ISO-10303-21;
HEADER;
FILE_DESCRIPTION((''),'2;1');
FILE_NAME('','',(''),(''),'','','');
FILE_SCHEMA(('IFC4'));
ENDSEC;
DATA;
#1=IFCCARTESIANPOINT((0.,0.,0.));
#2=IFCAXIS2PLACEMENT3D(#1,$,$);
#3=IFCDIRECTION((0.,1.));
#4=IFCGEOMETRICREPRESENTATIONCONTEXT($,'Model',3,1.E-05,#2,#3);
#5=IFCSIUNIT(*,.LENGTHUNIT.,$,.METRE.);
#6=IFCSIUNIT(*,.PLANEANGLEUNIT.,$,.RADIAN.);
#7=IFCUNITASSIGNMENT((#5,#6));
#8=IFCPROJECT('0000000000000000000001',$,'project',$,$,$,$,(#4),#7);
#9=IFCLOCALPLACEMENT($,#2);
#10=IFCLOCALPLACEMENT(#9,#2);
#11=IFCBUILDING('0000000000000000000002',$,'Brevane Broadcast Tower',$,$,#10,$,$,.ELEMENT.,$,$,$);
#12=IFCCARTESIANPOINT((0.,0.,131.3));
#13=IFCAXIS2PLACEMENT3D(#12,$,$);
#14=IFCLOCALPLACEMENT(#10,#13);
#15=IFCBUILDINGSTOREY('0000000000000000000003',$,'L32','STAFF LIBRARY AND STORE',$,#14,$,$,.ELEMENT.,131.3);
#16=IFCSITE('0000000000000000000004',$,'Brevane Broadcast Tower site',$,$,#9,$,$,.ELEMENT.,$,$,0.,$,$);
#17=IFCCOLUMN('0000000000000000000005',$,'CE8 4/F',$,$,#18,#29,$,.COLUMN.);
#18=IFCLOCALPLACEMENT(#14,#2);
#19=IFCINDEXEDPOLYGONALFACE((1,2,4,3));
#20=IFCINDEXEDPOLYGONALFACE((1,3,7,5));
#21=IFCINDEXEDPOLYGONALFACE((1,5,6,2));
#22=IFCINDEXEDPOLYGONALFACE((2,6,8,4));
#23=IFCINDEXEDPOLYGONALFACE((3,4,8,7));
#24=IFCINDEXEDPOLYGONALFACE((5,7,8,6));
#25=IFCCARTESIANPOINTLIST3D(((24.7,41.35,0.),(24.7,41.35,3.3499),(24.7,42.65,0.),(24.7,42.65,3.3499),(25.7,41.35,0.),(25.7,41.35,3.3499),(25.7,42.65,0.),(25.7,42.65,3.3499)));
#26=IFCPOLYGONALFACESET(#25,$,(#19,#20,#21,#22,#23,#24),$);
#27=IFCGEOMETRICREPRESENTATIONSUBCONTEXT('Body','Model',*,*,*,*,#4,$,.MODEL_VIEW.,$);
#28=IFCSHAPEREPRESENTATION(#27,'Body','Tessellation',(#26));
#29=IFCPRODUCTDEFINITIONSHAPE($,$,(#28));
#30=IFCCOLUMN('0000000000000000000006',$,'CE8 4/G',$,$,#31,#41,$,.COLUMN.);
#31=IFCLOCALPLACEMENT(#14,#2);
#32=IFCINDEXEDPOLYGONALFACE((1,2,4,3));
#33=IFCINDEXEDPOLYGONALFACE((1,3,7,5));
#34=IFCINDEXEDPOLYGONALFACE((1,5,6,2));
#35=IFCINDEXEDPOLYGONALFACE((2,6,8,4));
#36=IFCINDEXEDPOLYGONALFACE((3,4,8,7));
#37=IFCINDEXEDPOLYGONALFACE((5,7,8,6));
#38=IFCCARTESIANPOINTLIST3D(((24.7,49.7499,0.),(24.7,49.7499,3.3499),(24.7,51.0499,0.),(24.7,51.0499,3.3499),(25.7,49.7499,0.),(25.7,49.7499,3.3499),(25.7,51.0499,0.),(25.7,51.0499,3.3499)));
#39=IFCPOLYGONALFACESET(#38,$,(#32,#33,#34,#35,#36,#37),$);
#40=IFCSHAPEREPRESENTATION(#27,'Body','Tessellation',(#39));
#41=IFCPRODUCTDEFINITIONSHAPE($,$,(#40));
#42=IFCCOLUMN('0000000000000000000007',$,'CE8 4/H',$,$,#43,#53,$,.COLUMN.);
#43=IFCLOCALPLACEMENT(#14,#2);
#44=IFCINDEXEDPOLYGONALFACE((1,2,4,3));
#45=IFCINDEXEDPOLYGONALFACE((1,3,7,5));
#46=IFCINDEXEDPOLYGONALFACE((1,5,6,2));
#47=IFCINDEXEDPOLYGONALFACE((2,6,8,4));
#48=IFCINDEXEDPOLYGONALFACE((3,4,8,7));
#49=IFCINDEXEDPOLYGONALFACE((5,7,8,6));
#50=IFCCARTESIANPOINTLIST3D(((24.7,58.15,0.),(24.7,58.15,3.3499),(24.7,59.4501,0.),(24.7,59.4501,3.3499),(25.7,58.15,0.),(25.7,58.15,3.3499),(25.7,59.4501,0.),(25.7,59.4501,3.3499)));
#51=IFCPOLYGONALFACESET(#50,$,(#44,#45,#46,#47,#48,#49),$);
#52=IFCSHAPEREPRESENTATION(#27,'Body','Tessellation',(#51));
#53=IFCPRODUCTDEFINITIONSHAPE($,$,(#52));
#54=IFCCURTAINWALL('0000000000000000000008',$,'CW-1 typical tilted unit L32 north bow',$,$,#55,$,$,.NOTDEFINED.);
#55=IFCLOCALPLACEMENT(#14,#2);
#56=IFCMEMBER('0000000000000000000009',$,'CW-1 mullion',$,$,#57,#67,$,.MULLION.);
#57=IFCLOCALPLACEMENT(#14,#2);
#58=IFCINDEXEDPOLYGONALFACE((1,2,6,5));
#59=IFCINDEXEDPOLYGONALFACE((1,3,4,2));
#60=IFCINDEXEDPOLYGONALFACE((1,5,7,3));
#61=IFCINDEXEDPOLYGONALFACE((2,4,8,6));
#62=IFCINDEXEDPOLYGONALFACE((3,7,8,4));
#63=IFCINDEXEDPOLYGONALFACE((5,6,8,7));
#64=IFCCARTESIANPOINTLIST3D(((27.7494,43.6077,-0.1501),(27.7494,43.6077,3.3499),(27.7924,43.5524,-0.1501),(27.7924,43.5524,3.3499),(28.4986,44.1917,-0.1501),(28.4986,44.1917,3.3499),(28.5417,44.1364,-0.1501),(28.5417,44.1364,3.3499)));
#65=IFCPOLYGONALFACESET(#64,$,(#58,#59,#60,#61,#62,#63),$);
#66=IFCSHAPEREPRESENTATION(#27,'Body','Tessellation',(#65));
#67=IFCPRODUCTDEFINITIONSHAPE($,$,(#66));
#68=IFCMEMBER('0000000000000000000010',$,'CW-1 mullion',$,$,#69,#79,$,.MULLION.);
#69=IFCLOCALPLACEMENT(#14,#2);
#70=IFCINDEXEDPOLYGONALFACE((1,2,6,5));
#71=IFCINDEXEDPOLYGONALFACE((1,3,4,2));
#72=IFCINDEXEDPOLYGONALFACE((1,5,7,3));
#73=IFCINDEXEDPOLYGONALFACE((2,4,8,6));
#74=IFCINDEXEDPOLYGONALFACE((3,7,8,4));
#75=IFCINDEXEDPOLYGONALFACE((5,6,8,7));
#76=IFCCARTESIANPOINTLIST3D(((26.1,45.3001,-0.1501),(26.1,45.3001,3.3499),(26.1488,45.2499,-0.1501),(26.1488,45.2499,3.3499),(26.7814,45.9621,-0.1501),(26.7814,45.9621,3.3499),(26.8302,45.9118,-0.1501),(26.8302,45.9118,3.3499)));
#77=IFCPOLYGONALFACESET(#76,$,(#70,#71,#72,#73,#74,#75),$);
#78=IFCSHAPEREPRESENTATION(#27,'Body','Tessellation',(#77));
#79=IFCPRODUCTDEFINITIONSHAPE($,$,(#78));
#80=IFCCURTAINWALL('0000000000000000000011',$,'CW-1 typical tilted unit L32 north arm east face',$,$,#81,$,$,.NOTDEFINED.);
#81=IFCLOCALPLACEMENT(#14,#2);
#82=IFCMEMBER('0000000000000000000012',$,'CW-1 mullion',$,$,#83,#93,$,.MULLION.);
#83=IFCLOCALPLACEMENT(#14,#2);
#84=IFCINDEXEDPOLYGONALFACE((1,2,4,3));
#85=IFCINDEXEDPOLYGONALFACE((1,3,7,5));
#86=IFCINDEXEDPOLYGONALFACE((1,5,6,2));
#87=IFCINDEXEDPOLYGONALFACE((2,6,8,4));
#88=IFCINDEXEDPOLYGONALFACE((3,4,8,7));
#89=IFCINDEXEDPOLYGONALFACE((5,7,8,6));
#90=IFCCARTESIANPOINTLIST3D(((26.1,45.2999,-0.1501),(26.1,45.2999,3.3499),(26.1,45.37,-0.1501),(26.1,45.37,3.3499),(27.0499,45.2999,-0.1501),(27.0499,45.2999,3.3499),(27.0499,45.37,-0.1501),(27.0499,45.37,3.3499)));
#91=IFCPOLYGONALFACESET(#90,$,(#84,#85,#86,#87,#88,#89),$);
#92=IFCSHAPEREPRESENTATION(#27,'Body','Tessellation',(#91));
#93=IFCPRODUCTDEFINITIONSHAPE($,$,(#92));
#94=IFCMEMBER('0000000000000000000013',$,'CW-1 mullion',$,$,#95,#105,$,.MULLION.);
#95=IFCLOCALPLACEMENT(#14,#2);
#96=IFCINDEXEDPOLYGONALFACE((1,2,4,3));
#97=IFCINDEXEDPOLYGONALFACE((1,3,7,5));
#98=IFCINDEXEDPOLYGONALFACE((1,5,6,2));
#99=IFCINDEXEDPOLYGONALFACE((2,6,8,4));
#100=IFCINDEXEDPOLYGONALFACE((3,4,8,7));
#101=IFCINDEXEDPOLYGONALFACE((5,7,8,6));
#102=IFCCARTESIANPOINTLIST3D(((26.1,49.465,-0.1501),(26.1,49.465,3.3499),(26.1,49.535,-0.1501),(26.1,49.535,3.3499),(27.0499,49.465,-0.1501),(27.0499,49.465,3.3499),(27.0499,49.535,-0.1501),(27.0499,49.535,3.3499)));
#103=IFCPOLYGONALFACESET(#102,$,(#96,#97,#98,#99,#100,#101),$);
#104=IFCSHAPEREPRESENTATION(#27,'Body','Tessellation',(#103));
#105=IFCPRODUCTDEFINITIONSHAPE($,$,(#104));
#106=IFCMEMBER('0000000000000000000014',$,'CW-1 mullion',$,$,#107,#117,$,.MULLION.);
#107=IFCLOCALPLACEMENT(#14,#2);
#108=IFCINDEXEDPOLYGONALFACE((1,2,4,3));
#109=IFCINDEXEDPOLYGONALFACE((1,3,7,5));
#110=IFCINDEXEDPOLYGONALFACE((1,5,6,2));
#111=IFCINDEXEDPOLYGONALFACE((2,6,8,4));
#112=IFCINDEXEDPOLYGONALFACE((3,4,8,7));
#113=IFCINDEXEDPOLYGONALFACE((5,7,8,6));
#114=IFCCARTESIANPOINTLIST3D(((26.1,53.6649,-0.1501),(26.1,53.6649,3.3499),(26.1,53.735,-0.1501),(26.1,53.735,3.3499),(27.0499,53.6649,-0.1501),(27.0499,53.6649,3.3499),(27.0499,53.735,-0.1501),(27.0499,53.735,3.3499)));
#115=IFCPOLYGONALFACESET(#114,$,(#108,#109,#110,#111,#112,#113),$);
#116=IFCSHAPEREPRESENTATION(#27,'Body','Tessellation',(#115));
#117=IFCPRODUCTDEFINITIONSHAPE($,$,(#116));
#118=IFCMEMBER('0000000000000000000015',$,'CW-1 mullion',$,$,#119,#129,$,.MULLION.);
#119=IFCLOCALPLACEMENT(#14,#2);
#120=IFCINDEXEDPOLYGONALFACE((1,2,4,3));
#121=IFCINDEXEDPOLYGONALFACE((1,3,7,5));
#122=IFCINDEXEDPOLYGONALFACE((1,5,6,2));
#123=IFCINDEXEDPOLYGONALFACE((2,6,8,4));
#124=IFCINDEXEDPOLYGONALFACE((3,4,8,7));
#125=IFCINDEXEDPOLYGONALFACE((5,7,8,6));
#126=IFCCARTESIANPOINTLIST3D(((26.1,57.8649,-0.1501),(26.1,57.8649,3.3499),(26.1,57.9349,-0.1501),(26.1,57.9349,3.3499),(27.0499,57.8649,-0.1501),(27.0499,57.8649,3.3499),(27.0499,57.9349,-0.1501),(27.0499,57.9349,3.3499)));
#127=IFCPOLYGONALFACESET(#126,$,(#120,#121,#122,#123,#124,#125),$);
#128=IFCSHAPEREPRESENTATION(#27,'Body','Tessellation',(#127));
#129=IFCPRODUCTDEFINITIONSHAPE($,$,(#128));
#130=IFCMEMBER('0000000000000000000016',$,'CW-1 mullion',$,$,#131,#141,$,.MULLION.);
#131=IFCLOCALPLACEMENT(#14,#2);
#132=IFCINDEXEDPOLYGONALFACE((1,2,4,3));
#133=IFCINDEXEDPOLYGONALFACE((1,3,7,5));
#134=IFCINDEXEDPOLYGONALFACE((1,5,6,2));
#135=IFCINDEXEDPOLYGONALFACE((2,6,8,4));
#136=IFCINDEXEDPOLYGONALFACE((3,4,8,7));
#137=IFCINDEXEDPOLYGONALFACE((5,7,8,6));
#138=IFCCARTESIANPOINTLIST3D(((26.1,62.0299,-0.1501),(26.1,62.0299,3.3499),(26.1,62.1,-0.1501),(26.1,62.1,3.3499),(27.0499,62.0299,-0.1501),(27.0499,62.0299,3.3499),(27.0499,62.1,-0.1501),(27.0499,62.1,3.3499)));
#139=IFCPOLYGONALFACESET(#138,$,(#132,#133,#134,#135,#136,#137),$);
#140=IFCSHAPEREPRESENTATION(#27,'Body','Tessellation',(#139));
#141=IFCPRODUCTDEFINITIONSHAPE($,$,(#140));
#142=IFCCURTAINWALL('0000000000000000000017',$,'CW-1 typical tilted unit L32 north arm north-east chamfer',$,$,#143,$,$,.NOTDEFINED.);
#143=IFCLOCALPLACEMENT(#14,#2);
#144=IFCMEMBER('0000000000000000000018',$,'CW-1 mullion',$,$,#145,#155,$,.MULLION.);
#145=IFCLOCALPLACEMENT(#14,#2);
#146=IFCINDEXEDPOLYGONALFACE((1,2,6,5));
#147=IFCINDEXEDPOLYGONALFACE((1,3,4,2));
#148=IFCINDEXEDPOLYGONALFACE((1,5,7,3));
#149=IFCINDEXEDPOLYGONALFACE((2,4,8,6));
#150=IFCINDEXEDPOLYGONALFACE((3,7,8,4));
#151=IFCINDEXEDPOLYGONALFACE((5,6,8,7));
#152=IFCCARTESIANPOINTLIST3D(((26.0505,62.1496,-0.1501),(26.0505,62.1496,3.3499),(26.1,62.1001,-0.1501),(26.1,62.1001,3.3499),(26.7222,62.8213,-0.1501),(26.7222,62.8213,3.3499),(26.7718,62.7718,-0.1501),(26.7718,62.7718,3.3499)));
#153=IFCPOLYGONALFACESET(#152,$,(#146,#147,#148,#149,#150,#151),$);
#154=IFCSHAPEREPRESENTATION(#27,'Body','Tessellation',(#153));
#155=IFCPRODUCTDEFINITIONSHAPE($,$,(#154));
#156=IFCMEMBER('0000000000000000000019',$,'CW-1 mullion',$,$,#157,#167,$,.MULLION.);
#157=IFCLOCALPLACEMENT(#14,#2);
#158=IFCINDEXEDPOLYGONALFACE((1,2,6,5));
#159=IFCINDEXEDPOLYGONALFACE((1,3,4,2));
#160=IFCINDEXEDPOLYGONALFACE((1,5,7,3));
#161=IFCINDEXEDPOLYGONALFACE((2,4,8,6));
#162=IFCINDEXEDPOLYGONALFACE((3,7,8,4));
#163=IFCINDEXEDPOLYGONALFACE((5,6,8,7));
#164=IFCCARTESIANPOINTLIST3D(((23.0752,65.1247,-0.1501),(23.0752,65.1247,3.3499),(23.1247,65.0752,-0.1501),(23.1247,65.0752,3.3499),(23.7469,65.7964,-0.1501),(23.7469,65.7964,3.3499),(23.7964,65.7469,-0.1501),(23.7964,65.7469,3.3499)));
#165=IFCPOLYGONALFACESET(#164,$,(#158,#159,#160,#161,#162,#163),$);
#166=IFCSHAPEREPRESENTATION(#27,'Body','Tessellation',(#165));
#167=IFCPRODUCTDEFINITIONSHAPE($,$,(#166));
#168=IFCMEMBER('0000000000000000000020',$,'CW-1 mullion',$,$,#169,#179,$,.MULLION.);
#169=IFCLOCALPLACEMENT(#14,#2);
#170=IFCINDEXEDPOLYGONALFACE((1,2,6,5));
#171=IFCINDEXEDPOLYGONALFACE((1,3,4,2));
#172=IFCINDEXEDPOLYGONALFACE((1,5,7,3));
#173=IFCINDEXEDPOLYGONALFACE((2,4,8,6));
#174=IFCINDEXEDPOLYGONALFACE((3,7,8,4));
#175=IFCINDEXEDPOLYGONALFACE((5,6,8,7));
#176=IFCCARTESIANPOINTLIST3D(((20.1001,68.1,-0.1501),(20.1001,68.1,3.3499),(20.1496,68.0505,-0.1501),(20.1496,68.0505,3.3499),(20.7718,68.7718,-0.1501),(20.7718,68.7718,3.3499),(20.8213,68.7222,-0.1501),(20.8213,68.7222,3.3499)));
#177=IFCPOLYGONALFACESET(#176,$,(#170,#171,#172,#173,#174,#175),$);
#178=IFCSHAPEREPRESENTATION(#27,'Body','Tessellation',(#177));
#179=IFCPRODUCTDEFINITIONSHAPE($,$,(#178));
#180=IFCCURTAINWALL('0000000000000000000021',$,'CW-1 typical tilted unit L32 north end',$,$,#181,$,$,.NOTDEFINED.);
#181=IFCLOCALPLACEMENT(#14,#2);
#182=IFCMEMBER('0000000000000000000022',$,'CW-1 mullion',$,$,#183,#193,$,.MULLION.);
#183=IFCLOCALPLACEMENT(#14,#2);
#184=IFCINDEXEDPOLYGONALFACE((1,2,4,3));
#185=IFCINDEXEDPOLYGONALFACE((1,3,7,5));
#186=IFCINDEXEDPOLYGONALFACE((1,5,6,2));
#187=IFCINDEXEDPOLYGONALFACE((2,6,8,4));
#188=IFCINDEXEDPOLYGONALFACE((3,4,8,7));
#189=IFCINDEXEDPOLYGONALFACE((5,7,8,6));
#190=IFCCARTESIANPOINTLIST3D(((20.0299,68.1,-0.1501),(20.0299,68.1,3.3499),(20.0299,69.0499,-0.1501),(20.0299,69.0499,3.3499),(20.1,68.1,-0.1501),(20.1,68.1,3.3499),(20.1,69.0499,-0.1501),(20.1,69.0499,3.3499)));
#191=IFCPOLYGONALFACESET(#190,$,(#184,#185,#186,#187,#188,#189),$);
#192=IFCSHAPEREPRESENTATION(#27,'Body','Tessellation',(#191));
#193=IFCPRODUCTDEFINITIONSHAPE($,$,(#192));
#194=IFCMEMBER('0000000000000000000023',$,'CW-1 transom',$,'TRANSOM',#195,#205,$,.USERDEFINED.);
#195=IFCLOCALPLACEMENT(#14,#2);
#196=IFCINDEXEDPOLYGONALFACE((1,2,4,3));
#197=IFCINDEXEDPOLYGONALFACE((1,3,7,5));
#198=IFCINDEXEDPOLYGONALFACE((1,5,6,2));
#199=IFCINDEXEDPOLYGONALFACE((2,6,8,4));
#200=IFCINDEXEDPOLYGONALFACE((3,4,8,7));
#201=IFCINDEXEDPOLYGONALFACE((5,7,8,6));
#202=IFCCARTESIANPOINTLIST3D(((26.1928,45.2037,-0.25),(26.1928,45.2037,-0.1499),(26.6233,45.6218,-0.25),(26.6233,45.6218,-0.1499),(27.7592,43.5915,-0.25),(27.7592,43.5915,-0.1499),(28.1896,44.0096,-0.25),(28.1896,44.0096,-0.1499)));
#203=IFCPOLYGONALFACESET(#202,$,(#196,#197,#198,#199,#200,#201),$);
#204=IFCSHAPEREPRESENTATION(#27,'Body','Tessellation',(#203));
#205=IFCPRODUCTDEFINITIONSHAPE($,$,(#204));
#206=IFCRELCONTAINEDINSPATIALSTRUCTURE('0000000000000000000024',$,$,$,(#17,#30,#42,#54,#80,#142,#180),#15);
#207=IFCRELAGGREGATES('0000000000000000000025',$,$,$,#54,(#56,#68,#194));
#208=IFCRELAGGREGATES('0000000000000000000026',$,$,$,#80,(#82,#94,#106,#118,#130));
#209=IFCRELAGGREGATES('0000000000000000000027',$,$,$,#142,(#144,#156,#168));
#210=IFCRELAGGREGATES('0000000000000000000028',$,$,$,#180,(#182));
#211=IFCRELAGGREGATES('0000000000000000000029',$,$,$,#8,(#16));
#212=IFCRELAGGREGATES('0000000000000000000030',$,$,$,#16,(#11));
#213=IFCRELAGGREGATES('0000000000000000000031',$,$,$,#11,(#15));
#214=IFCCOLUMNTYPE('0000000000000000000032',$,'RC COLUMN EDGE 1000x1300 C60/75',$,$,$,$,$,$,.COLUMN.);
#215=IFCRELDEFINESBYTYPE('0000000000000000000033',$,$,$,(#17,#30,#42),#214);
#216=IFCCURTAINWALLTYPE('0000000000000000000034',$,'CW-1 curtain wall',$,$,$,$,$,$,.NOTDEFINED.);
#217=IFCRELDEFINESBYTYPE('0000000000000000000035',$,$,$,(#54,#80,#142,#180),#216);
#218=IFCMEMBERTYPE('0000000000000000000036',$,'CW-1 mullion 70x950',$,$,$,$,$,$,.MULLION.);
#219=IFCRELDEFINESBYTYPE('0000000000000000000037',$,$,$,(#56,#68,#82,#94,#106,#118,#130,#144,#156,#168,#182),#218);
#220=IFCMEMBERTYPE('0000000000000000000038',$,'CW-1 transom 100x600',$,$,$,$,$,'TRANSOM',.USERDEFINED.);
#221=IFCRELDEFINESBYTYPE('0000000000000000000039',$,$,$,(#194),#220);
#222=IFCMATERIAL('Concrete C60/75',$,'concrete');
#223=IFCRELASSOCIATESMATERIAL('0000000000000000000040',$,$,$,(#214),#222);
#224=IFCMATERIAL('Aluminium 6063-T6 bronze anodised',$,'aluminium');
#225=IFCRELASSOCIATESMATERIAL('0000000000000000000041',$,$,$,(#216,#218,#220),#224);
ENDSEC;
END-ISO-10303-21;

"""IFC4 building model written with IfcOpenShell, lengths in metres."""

from ifc_helpers import new_model, si_unit, direction, frame, origin, origin_2d, place, context, subcontext, project, spatial, rectangle, extrude, material, material_profile, profile_set, type_object, element, aggregate, save


model = new_model("IFC4")

# Units and contexts
model_context = context("Model", 3, precision=1e-05, world=origin(), true_north=direction((0.0, 1.0)))
body_context = subcontext(model_context, "Body", "Model", "MODEL_VIEW")
ifc_project = project(units=[si_unit("LENGTHUNIT", "METRE"), si_unit("PLANEANGLEUNIT", "RADIAN")], contexts=[model_context])

# Site, building, storey
site_placement = place(None, origin())
site = spatial("IfcSite", under=ifc_project, at=site_placement, Name="Brevane Broadcast Tower site", CompositionType="ELEMENT", RefElevation=0.0)
building_placement = place(site_placement, origin())
building = spatial("IfcBuilding", under=site, at=building_placement, Name="Brevane Broadcast Tower", CompositionType="ELEMENT")
storey_placement = place(building_placement, frame((0.0, 0.0, 131.3)))
storey = spatial("IfcBuildingStorey", under=building, at=storey_placement, Name="L32", Description="STAFF LIBRARY AND STORE", CompositionType="ELEMENT", Elevation=131.3)

# Columns
ifc_material_1 = material(Name="Concrete C60/75", Category="concrete")
ifc_material_profile_1 = material_profile(ifc_material_1, rectangle(XDim=1.0, YDim=1.3, at=origin_2d()), Name="RC 1000x1300")
ifc_profile_set_1 = profile_set([ifc_material_profile_1], Name="Concrete C60/75")
column_type = type_object("IfcColumnType", Name="RC COLUMN EDGE 1000x1300 C60/75", PredefinedType="COLUMN", material=ifc_profile_set_1)
for number, where, z_axis, x_axis, name in (
    (1, (25.2, 42.0, 0.0), (0.0, 0.0, 1.0), (1.0, 0.0, 0.0), "CE8 4/F"),
    (2, (25.2, 50.3999, 0.0), (0.0, 0.0, 1.0), (1.0, 0.0, 0.0), "CE8 4/G"),
    (3, (25.2, 58.8, 0.0), (0.0, 0.0, 1.0), (1.0, 0.0, 0.0), "CE8 4/H"),
):
    element("IfcColumn", number, at=place(storey_placement, frame(where, z_axis=z_axis, x_axis=x_axis)), inside=storey, type_object=column_type, Name=name, PredefinedType="COLUMN", context=body_context, shape_type="SweptSolid", body=[
        extrude(rectangle(XDim=1.0, YDim=1.3, at=origin_2d()), origin(), (0.0, 0.0, 1.0), 3.3499),
    ])

# Curtain walls, members
ifc_material_2 = material(Name="Aluminium 6063-T6 bronze anodised", Category="aluminium")
curtain_wall_type = type_object("IfcCurtainWallType", Name="CW-1 curtain wall", PredefinedType="NOTDEFINED", material=ifc_material_2)
curtain_wall_1_placement = place(storey_placement, origin())
curtain_wall_1 = element("IfcCurtainWall", 4, at=curtain_wall_1_placement, inside=storey, type_object=curtain_wall_type, Name="CW-1 typical tilted unit L32 north bow", PredefinedType="NOTDEFINED")
ifc_material_profile_2 = material_profile(ifc_material_2, rectangle(XDim=0.95, YDim=0.0701, at=origin_2d()), Name="RECT 70x950")
ifc_profile_set_2 = profile_set([ifc_material_profile_2], Name="Aluminium 6063-T6 bronze anodised")
member_type_1 = type_object("IfcMemberType", Name="CW-1 mullion 70x950", PredefinedType="MULLION", material=ifc_profile_set_2)
member_1_placement = place(storey_placement, frame((28.1455, 43.8721, -0.1501), z_axis=(0.0, 0.0, 1.0), x_axis=(-0.788707, -0.61477, 0.0)))
member_1 = element("IfcMember", 5, at=member_1_placement, type_object=member_type_1, Name="CW-1 mullion", PredefinedType="MULLION", context=body_context, shape_type="SweptSolid", body=[
    extrude(rectangle(XDim=0.95, YDim=0.0701, at=origin_2d()), origin(), (0.0, 0.0, 1.0), 3.5),
])
member_2_placement = place(storey_placement, frame((26.4651, 45.606, -0.1501), z_axis=(0.0, 0.0, 1.0), x_axis=(-0.717254, -0.696812, 0.0)))
member_2 = element("IfcMember", 6, at=member_2_placement, type_object=member_type_1, Name="CW-1 mullion", PredefinedType="MULLION", context=body_context, shape_type="SweptSolid", body=[
    extrude(rectangle(XDim=0.95, YDim=0.0701, at=origin_2d()), origin(), (0.0, 0.0, 1.0), 3.5),
])
curtain_wall_2_placement = place(storey_placement, origin())
curtain_wall_2 = element("IfcCurtainWall", 7, at=curtain_wall_2_placement, inside=storey, type_object=curtain_wall_type, Name="CW-1 typical tilted unit L32 north arm east face", PredefinedType="NOTDEFINED")
member_3_placement = place(storey_placement, frame((26.575, 45.335, -0.1501), z_axis=(0.0, 0.0, 1.0), x_axis=(-1.0, 0.0, 0.0)))
member_3 = element("IfcMember", 8, at=member_3_placement, type_object=member_type_1, Name="CW-1 mullion", PredefinedType="MULLION", context=body_context, shape_type="SweptSolid", body=[
    extrude(rectangle(XDim=0.95, YDim=0.0701, at=origin_2d()), origin(), (0.0, 0.0, 1.0), 3.5),
])
member_4_placement = place(storey_placement, frame((26.575, 49.5, -0.1501), z_axis=(0.0, 0.0, 1.0), x_axis=(-1.0, 0.0, 0.0)))
member_4 = element("IfcMember", 9, at=member_4_placement, type_object=member_type_1, Name="CW-1 mullion", PredefinedType="MULLION", context=body_context, shape_type="SweptSolid", body=[
    extrude(rectangle(XDim=0.95, YDim=0.0701, at=origin_2d()), origin(), (0.0, 0.0, 1.0), 3.5),
])
member_5_placement = place(storey_placement, frame((26.575, 53.7, -0.1501), z_axis=(0.0, 0.0, 1.0), x_axis=(-1.0, 0.0, 0.0)))
member_5 = element("IfcMember", 10, at=member_5_placement, type_object=member_type_1, Name="CW-1 mullion", PredefinedType="MULLION", context=body_context, shape_type="SweptSolid", body=[
    extrude(rectangle(XDim=0.95, YDim=0.0701, at=origin_2d()), origin(), (0.0, 0.0, 1.0), 3.5),
])
member_6_placement = place(storey_placement, frame((26.575, 57.8999, -0.1501), z_axis=(0.0, 0.0, 1.0), x_axis=(-1.0, 0.0, 0.0)))
member_6 = element("IfcMember", 11, at=member_6_placement, type_object=member_type_1, Name="CW-1 mullion", PredefinedType="MULLION", context=body_context, shape_type="SweptSolid", body=[
    extrude(rectangle(XDim=0.95, YDim=0.0701, at=origin_2d()), origin(), (0.0, 0.0, 1.0), 3.5),
])
member_7_placement = place(storey_placement, frame((26.575, 62.0649, -0.1501), z_axis=(0.0, 0.0, 1.0), x_axis=(-1.0, 0.0, 0.0)))
member_7 = element("IfcMember", 12, at=member_7_placement, type_object=member_type_1, Name="CW-1 mullion", PredefinedType="MULLION", context=body_context, shape_type="SweptSolid", body=[
    extrude(rectangle(XDim=0.95, YDim=0.0701, at=origin_2d()), origin(), (0.0, 0.0, 1.0), 3.5),
])
curtain_wall_3_placement = place(storey_placement, origin())
curtain_wall_3 = element("IfcCurtainWall", 13, at=curtain_wall_3_placement, inside=storey, type_object=curtain_wall_type, Name="CW-1 typical tilted unit L32 north arm north-east chamfer", PredefinedType="NOTDEFINED")
member_8_placement = place(storey_placement, frame((26.4111, 62.4607, -0.1501), z_axis=(0.0, 0.0, 1.0), x_axis=(-0.707107, -0.707107, 0.0)))
member_8 = element("IfcMember", 14, at=member_8_placement, type_object=member_type_1, Name="CW-1 mullion", PredefinedType="MULLION", context=body_context, shape_type="SweptSolid", body=[
    extrude(rectangle(XDim=0.95, YDim=0.0701, at=origin_2d()), origin(), (0.0, 0.0, 1.0), 3.5),
])
member_9_placement = place(storey_placement, frame((23.4358, 65.4358, -0.1501), z_axis=(0.0, 0.0, 1.0), x_axis=(-0.707107, -0.707107, 0.0)))
member_9 = element("IfcMember", 15, at=member_9_placement, type_object=member_type_1, Name="CW-1 mullion", PredefinedType="MULLION", context=body_context, shape_type="SweptSolid", body=[
    extrude(rectangle(XDim=0.95, YDim=0.0701, at=origin_2d()), origin(), (0.0, 0.0, 1.0), 3.5),
])
member_10_placement = place(storey_placement, frame((20.4607, 68.4111, -0.1501), z_axis=(0.0, 0.0, 1.0), x_axis=(-0.707107, -0.707107, 0.0)))
member_10 = element("IfcMember", 16, at=member_10_placement, type_object=member_type_1, Name="CW-1 mullion", PredefinedType="MULLION", context=body_context, shape_type="SweptSolid", body=[
    extrude(rectangle(XDim=0.95, YDim=0.0701, at=origin_2d()), origin(), (0.0, 0.0, 1.0), 3.5),
])

# Curtain wall, member
curtain_wall_4_placement = place(storey_placement, origin())
curtain_wall_4 = element("IfcCurtainWall", 17, at=curtain_wall_4_placement, inside=storey, type_object=curtain_wall_type, Name="CW-1 typical tilted unit L32 north end", PredefinedType="NOTDEFINED")
member_11_placement = place(storey_placement, frame((20.0649, 68.575, -0.1501), z_axis=(0.0, 0.0, 1.0), x_axis=(0.0, -1.0, 0.0)))
member_11 = element("IfcMember", 18, at=member_11_placement, type_object=member_type_1, Name="CW-1 mullion", PredefinedType="MULLION", context=body_context, shape_type="SweptSolid", body=[
    extrude(rectangle(XDim=0.95, YDim=0.0701, at=origin_2d()), origin(), (0.0, 0.0, 1.0), 3.5),
])

# Member
ifc_material_profile_3 = material_profile(ifc_material_2, rectangle(XDim=0.6001, YDim=0.1001, at=origin_2d()), Name="RECT 100x600")
ifc_profile_set_3 = profile_set([ifc_material_profile_3], Name="Aluminium 6063-T6 bronze anodised")
member_type_2 = type_object("IfcMemberType", Name="CW-1 transom 100x600", ElementType="TRANSOM", PredefinedType="USERDEFINED", material=ifc_profile_set_3)
member_12_placement = place(storey_placement, frame((27.9744, 43.8005, -0.2), z_axis=(-0.696824, 0.717242, 0.0), x_axis=(-0.717242, -0.696824, 0.0)))
member_12 = element("IfcMember", 19, at=member_12_placement, type_object=member_type_2, Name="CW-1 transom", ObjectType="TRANSOM", PredefinedType="USERDEFINED", context=body_context, shape_type="SweptSolid", body=[
    extrude(rectangle(XDim=0.6001, YDim=0.1001, at=origin_2d()), origin(), (0.0, 0.0, 1.0), 2.2478),
])
aggregate(curtain_wall_1, [member_1, member_2, member_12])
aggregate(curtain_wall_2, [member_3, member_4, member_5, member_6, member_7])
aggregate(curtain_wall_3, [member_8, member_9, member_10])
aggregate(curtain_wall_4, [member_11])

save(model, "model.ifc")
